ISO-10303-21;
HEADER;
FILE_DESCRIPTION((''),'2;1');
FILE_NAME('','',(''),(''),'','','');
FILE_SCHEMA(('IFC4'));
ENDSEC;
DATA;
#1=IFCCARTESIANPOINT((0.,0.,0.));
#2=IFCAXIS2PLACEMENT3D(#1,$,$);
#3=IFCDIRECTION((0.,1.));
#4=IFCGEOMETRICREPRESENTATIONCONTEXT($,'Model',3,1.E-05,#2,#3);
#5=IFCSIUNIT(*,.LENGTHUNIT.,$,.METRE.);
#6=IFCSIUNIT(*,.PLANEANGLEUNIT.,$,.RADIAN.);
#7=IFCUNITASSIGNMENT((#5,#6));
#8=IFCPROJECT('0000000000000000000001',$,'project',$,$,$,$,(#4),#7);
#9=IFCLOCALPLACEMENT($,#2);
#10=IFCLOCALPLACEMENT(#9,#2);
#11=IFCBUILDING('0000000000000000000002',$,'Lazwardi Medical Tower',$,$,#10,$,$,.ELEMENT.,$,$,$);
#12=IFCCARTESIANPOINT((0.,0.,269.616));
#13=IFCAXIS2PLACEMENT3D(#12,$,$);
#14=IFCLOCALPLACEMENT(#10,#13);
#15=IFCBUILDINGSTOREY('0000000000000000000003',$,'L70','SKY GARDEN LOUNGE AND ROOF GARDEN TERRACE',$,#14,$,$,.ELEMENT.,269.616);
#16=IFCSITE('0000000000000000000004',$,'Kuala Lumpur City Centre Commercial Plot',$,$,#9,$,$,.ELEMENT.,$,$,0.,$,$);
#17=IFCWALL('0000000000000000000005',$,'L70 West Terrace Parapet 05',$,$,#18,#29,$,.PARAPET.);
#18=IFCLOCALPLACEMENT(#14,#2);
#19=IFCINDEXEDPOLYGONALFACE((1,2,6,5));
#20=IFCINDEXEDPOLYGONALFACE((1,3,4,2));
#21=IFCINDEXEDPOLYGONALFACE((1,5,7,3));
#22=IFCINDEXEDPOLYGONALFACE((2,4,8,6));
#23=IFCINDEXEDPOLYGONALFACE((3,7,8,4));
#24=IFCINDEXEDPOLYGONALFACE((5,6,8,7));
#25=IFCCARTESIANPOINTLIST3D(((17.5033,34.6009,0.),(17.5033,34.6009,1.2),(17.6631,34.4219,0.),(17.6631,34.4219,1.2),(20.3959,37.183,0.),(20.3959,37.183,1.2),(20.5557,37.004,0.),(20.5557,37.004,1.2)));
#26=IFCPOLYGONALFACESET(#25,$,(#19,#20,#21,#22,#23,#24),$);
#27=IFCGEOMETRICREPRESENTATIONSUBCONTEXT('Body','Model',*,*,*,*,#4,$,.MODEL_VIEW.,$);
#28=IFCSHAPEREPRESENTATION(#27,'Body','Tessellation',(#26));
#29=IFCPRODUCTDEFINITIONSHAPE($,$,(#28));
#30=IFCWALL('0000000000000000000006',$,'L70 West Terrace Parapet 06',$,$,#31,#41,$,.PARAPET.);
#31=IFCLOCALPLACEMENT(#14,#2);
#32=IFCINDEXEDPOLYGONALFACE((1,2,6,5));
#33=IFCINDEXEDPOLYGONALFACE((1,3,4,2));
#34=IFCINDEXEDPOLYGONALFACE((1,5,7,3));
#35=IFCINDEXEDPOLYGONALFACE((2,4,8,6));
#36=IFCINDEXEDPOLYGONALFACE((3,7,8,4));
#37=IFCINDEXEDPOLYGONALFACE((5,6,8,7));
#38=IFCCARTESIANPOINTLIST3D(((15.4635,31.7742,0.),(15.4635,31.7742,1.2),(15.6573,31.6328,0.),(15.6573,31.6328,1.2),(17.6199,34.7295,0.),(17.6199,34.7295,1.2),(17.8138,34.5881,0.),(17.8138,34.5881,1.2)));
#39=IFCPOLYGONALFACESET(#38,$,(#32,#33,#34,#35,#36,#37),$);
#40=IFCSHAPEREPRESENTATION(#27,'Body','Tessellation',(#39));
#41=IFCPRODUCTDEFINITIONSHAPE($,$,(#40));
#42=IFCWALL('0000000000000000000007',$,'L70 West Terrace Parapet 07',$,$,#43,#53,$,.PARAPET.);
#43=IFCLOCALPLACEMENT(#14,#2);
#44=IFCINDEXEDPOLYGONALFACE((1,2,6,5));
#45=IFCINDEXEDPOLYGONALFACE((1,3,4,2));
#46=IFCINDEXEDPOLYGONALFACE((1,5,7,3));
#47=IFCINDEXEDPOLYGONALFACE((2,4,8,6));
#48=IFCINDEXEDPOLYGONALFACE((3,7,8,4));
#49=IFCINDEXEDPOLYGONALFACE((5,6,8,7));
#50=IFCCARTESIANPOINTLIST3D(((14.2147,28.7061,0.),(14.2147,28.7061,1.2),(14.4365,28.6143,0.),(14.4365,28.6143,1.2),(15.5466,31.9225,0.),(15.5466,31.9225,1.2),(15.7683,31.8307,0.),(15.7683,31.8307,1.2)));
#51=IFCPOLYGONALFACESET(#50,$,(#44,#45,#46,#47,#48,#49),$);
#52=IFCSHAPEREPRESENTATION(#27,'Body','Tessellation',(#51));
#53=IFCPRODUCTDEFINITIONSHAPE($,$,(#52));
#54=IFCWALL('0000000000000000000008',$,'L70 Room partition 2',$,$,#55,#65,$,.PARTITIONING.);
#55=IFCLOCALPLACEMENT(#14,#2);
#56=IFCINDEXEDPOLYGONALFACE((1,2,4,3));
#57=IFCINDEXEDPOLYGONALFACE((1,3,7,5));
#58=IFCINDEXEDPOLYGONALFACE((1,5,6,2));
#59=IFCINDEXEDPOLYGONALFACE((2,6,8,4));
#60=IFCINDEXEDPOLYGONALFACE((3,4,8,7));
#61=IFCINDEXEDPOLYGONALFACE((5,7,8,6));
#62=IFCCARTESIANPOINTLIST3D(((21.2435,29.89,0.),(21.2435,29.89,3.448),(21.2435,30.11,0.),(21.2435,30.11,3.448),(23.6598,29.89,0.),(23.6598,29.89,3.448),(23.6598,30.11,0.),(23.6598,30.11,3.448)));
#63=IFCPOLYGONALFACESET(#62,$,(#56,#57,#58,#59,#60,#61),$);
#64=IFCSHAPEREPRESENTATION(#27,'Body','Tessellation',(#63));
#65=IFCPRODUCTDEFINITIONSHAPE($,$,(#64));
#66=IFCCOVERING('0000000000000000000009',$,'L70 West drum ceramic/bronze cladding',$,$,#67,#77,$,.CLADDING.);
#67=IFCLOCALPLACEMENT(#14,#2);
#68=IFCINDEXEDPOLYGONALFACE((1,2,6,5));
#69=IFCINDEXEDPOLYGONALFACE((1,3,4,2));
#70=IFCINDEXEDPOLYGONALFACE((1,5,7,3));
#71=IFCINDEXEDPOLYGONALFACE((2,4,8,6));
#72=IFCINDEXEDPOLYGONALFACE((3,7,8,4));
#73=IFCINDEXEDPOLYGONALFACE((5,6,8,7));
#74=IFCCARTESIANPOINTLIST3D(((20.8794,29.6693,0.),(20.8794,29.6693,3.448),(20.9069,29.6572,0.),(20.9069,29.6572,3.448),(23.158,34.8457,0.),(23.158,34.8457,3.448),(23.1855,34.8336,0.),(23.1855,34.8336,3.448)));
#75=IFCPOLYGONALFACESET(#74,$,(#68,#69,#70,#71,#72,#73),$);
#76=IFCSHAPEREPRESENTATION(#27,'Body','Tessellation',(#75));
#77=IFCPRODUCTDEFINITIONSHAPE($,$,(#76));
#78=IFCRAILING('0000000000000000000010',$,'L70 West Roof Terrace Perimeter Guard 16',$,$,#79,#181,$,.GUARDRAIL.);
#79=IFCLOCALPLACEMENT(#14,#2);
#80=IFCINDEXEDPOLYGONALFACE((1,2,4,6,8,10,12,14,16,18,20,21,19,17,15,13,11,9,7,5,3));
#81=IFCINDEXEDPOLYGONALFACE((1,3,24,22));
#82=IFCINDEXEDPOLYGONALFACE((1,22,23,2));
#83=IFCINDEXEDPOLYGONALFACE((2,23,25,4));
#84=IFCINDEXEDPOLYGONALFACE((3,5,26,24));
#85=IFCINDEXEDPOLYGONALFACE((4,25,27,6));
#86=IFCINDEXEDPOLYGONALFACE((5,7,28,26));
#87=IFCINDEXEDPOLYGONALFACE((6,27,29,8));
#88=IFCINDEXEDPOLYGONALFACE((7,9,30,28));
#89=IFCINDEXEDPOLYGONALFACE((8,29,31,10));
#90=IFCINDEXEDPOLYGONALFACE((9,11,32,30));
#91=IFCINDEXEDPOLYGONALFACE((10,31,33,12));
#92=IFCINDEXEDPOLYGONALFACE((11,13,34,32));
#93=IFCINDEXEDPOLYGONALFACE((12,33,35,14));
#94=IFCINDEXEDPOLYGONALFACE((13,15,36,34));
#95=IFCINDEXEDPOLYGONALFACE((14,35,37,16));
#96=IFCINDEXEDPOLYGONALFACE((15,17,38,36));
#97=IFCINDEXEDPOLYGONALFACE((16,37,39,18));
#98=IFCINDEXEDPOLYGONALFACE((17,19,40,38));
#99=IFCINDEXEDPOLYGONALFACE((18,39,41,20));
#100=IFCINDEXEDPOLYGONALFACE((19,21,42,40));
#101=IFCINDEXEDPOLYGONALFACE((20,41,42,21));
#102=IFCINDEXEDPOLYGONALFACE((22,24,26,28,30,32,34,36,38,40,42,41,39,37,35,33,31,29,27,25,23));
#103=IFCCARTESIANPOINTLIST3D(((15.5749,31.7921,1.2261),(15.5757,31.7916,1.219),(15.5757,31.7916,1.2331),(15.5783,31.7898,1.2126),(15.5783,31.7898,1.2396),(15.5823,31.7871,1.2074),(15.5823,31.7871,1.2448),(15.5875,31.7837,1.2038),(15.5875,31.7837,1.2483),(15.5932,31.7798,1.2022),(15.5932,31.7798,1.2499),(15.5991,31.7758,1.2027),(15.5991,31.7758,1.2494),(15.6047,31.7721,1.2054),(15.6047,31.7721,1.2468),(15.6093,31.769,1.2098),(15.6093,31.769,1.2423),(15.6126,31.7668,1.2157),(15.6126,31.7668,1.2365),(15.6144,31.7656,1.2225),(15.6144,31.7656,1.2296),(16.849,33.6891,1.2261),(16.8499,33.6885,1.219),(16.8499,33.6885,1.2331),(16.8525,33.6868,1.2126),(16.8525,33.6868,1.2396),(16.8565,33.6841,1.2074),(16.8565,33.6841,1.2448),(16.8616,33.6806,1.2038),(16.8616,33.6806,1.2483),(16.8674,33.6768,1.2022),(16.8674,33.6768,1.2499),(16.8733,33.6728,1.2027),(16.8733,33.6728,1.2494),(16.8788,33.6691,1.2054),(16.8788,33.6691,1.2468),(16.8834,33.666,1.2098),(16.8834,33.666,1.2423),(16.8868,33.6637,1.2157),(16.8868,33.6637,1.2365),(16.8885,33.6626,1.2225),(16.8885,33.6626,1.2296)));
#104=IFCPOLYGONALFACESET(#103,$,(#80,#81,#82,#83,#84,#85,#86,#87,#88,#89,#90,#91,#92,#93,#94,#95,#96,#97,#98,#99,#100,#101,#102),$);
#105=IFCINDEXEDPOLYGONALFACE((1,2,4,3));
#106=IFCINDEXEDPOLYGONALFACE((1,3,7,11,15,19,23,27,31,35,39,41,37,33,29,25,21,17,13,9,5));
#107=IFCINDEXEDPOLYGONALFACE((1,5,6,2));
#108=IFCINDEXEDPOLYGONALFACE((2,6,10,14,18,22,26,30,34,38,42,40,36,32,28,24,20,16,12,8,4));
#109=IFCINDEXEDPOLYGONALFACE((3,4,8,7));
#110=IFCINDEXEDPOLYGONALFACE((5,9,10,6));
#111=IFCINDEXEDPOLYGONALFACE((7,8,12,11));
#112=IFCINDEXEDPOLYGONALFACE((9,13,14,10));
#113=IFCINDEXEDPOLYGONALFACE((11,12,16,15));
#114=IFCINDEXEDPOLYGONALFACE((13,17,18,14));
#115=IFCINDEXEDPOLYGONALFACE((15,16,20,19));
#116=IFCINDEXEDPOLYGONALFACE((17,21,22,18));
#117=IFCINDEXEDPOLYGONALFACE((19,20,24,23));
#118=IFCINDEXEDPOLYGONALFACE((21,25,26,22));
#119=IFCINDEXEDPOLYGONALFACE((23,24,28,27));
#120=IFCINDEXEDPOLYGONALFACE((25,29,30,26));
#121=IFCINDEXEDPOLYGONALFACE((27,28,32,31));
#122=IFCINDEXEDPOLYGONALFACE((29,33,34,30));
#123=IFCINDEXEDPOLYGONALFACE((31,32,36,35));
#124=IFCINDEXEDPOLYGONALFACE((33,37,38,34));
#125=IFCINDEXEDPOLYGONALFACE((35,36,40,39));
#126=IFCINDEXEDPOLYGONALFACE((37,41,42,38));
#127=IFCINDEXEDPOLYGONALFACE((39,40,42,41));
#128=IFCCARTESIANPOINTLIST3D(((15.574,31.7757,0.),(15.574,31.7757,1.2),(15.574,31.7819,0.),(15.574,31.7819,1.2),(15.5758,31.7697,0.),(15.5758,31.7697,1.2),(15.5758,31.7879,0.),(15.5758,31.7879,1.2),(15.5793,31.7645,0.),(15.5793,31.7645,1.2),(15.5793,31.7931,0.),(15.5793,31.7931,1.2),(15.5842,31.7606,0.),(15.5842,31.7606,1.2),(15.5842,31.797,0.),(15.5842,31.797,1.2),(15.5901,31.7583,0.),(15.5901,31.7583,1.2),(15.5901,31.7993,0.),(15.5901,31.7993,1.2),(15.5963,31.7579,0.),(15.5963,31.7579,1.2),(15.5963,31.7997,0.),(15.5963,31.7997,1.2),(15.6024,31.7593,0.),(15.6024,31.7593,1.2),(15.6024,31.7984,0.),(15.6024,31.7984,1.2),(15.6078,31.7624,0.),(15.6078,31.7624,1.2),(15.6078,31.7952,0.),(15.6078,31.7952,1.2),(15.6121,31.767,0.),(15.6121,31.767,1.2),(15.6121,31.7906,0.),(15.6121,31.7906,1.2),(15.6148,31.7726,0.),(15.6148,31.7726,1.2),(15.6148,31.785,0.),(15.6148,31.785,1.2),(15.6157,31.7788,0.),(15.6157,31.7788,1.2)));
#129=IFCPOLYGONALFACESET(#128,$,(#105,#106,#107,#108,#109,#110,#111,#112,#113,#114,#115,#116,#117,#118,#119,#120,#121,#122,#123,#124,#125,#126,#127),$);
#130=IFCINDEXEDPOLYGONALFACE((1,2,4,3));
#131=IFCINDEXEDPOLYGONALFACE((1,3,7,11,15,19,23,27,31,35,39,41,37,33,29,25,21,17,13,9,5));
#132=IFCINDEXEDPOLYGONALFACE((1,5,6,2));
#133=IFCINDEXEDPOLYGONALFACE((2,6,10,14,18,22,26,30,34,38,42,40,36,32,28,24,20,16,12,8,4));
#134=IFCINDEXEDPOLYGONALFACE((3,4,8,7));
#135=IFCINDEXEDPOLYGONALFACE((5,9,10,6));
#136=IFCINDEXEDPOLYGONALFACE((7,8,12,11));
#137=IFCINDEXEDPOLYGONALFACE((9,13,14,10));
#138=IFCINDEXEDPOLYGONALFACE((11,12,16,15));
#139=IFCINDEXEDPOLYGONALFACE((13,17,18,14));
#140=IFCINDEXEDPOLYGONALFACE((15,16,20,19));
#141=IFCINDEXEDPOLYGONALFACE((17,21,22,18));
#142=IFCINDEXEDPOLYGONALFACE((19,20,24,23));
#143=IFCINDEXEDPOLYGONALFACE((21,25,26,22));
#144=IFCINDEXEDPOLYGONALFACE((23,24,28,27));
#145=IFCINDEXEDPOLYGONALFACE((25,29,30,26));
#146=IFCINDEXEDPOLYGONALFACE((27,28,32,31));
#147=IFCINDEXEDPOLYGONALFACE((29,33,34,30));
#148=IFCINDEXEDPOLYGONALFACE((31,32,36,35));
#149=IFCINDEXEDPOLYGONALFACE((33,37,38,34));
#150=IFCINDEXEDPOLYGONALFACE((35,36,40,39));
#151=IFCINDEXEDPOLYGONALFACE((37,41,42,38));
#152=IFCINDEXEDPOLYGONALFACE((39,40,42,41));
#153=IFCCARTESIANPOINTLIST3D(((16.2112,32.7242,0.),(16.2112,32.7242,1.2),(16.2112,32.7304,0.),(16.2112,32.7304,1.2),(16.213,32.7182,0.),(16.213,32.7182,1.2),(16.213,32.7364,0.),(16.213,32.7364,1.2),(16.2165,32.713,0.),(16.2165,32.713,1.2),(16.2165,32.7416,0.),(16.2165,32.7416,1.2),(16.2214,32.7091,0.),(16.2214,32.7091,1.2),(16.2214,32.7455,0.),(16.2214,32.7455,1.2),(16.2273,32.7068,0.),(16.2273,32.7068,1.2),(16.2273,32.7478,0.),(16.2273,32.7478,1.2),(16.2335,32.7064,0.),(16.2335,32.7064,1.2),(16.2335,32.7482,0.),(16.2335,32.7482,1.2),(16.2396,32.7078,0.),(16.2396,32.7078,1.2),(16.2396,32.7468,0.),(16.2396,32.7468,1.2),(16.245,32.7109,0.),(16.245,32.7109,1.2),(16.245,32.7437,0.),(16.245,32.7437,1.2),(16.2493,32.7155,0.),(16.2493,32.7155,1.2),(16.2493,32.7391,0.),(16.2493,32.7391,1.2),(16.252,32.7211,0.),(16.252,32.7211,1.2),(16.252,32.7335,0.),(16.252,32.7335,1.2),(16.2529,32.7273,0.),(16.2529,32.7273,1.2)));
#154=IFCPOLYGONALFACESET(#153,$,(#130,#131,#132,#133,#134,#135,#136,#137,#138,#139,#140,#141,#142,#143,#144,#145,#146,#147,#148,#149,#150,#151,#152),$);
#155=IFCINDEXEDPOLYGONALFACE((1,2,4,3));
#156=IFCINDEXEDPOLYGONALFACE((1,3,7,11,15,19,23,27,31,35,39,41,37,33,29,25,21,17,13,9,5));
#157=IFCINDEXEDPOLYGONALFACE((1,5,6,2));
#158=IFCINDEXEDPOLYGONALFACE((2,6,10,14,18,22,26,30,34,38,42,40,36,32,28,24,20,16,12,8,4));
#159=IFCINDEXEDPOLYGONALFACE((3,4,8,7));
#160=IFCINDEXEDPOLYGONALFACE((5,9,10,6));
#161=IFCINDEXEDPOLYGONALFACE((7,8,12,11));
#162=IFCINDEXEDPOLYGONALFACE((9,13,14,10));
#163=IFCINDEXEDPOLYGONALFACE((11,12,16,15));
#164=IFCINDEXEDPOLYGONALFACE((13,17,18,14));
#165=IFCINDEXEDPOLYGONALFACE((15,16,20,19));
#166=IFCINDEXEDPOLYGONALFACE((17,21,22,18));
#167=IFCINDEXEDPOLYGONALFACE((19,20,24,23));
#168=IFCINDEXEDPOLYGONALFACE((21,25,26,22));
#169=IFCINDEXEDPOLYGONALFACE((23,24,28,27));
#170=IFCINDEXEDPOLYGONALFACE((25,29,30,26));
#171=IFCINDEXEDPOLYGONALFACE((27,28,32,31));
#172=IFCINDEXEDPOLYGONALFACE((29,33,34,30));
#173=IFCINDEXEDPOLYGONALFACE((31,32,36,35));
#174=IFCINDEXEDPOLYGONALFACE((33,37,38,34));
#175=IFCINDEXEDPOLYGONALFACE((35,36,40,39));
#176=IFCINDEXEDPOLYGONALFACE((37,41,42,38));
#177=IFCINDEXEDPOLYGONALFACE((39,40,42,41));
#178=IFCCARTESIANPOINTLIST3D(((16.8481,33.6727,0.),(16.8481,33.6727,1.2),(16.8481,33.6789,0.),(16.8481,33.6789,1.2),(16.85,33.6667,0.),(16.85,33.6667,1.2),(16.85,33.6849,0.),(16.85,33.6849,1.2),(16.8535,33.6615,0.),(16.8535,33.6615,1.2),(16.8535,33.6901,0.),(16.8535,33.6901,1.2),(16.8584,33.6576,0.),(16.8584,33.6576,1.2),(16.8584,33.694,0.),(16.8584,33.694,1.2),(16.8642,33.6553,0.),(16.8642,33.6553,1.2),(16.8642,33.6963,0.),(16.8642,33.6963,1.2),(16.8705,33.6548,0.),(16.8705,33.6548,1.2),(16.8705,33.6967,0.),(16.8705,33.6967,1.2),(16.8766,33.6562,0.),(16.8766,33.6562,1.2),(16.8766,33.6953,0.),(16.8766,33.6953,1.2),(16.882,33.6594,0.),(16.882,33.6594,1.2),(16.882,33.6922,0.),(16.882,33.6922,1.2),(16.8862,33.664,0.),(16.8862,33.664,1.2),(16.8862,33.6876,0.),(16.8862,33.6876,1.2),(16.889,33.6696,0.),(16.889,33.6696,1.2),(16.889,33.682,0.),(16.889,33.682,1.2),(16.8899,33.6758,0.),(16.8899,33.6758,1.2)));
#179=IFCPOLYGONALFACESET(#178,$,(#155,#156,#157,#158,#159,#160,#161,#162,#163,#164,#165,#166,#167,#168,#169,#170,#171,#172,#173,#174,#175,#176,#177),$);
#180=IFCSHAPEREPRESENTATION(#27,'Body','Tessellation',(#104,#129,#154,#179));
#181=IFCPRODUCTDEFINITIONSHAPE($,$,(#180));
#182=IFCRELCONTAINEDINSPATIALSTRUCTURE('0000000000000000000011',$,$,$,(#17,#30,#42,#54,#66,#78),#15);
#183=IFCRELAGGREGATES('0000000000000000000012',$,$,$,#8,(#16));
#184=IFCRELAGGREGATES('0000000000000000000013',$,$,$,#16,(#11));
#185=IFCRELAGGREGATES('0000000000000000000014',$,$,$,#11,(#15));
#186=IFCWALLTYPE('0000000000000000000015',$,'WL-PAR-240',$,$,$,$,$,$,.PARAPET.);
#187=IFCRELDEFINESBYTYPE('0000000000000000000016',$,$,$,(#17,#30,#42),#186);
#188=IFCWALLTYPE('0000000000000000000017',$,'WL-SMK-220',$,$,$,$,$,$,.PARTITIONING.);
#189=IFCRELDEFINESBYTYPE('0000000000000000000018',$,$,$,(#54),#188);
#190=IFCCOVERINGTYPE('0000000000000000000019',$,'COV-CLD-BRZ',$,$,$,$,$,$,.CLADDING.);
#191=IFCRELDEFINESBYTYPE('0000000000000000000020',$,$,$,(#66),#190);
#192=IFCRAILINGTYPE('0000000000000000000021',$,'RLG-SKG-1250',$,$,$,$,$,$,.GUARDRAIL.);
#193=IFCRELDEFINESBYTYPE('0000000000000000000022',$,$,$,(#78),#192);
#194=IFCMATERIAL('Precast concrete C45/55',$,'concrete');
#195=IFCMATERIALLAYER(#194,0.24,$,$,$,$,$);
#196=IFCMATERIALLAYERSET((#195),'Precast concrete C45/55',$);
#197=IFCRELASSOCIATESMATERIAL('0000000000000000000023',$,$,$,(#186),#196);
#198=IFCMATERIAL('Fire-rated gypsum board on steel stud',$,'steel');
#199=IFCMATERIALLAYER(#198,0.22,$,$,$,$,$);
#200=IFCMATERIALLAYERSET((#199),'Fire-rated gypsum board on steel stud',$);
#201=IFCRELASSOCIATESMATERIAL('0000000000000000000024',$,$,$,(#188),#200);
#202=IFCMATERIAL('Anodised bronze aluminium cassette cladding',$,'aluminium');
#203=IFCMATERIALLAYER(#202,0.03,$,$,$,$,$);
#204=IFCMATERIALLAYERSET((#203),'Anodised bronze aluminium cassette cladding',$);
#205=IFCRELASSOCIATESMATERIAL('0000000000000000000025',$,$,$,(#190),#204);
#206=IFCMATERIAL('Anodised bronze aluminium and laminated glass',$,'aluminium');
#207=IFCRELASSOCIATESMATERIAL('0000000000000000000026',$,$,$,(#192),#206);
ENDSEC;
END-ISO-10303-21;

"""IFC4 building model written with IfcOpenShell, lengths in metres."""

from ifc_helpers import new_model, si_unit, direction, frame, frame_2d, origin, origin_2d, place, context, subcontext, project, spatial, rectangle, circle, extrude, material, layer, layer_set, type_object, element, save


model = new_model("IFC4")

# Units and contexts
model_context = context("Model", 3, precision=1e-05, world=origin(), true_north=direction((0.0, 1.0)))
body_context = subcontext(model_context, "Body", "Model", "MODEL_VIEW")
ifc_project = project(units=[si_unit("LENGTHUNIT", "METRE"), si_unit("PLANEANGLEUNIT", "RADIAN")], contexts=[model_context])

# Site, building, storey
site_placement = place(None, origin())
site = spatial("IfcSite", under=ifc_project, at=site_placement, Name="Kuala Lumpur City Centre Commercial Plot", CompositionType="ELEMENT", RefElevation=0.0)
building_placement = place(site_placement, origin())
building = spatial("IfcBuilding", under=site, at=building_placement, Name="Lazwardi Medical Tower", CompositionType="ELEMENT")
storey_placement = place(building_placement, frame((0.0, 0.0, 269.616)))
storey = spatial("IfcBuildingStorey", under=building, at=storey_placement, Name="L70", Description="SKY GARDEN LOUNGE AND ROOF GARDEN TERRACE", CompositionType="ELEMENT", Elevation=269.616)

# Shared definitions
ifc_material_1 = material(Name="Fire-rated gypsum board on steel stud", Category="steel")

# Shared definitions
ifc_material_2 = material(Name="Precast concrete C45/55", Category="concrete")
ifc_material_3 = material(Name="Anodised bronze aluminium and laminated glass", Category="aluminium")

# Walls
ifc_layer_1 = layer(ifc_material_2, 0.24)
ifc_layer_set_1 = layer_set([ifc_layer_1], Name="Precast concrete C45/55")
wall_type_1 = type_object("IfcWallType", Name="WL-PAR-240", PredefinedType="PARAPET", material=ifc_layer_set_1)
wall_1_placement = place(storey_placement, frame((20.4758, 37.0935, 0.0), z_axis=(0.0, 0.0, 1.0), x_axis=(-0.746018, -0.665926, 0.0)))
element("IfcWall", 1, at=wall_1_placement, inside=storey, type_object=wall_type_1, Name="L70 West Terrace Parapet 05", PredefinedType="PARAPET", context=body_context, shape_type="SweptSolid", body=[
    extrude(rectangle(XDim=3.8774, YDim=0.24, at=frame_2d((1.9387, 0.0))), origin(), (0.0, 0.0, 1.0), 1.2),
])
wall_2_placement = place(storey_placement, frame((17.7168, 34.6587, 0.0), z_axis=(0.0, 0.0, 1.0), x_axis=(-0.589453, -0.807803, 0.0)))
element("IfcWall", 2, at=wall_2_placement, inside=storey, type_object=wall_type_1, Name="L70 West Terrace Parapet 06", PredefinedType="PARAPET", context=body_context, shape_type="SweptSolid", body=[
    extrude(rectangle(XDim=3.6584, YDim=0.24, at=frame_2d((1.8291, 0.0))), origin(), (0.0, 0.0, 1.0), 1.2),
])
wall_3_placement = place(storey_placement, frame((15.6575, 31.8767, 0.0), z_axis=(0.0, 0.0, 1.0), x_axis=(-0.382573, -0.923925, 0.0)))
element("IfcWall", 3, at=wall_3_placement, inside=storey, type_object=wall_type_1, Name="L70 West Terrace Parapet 07", PredefinedType="PARAPET", context=body_context, shape_type="SweptSolid", body=[
    extrude(rectangle(XDim=3.4812, YDim=0.24, at=frame_2d((1.7407, 0.0))), origin(), (0.0, 0.0, 1.0), 1.2),
])
ifc_layer_2 = layer(ifc_material_1, 0.22)
ifc_layer_set_2 = layer_set([ifc_layer_2], Name="Fire-rated gypsum board on steel stud")
wall_type_2 = type_object("IfcWallType", Name="WL-SMK-220", PredefinedType="PARTITIONING", material=ifc_layer_set_2)
wall_4_placement = place(storey_placement, frame((21.2437, 30.0, 0.0), z_axis=(0.0, 0.0, 1.0), x_axis=(1.0, 0.0, 0.0)))
element("IfcWall", 4, at=wall_4_placement, inside=storey, type_object=wall_type_2, Name="L70 Room partition 2", PredefinedType="PARTITIONING", context=body_context, shape_type="SweptSolid", body=[
    extrude(rectangle(XDim=2.4163, YDim=0.22, at=frame_2d((1.208, 0.0))), origin(), (0.0, 0.0, 1.0), 3.448),
])

# Covering
ifc_material_4 = material(Name="Anodised bronze aluminium cassette cladding", Category="aluminium")
ifc_layer_3 = layer(ifc_material_4, 0.03)
ifc_layer_set_3 = layer_set([ifc_layer_3], Name="Anodised bronze aluminium cassette cladding")
covering_type = type_object("IfcCoveringType", Name="COV-CLD-BRZ", PredefinedType="CLADDING", material=ifc_layer_set_3)
covering_placement = place(storey_placement, frame((22.0325, 32.2515, 0.0), z_axis=(0.0, 0.0, 1.0), x_axis=(-0.402878, -0.915254, 0.0)))
element("IfcCovering", 5, at=covering_placement, inside=storey, type_object=covering_type, Name="L70 West drum ceramic/bronze cladding", PredefinedType="CLADDING", context=body_context, shape_type="SweptSolid", body=[
    extrude(rectangle(XDim=5.6558, YDim=0.03, at=origin_2d()), origin(), (0.0, 0.0, 1.0), 3.448),
])

# Railing
railing_type = type_object("IfcRailingType", Name="RLG-SKG-1250", PredefinedType="GUARDRAIL", material=ifc_material_3)
railing_1_placement = place(storey_placement, frame((15.5947, 31.7788, 0.0)))
element("IfcRailing", 6, at=railing_1_placement, inside=storey, type_object=railing_type, Name="L70 West Roof Terrace Perimeter Guard 16", PredefinedType="GUARDRAIL", context=body_context, shape_type="SweptSolid", body=[
    extrude(circle(Radius=0.0239, at=origin_2d()), frame((0.0, 0.0, 1.2261), z_axis=(0.557581, 0.830122, 0.0), x_axis=(-0.830122, 0.557581, 0.0)), (0.0, 0.0, 1.0), 2.2852),
    extrude(circle(Radius=0.021, at=origin_2d()), origin(), (0.0, 0.0, 1.0), 1.2),
    extrude(circle(Radius=0.021, at=origin_2d()), frame((0.6372, 0.9485, 0.0)), (0.0, 0.0, 1.0), 1.2),
    extrude(circle(Radius=0.021, at=origin_2d()), frame((1.2742, 1.897, 0.0)), (0.0, 0.0, 1.0), 1.2),
])

save(model, "model.ifc")
